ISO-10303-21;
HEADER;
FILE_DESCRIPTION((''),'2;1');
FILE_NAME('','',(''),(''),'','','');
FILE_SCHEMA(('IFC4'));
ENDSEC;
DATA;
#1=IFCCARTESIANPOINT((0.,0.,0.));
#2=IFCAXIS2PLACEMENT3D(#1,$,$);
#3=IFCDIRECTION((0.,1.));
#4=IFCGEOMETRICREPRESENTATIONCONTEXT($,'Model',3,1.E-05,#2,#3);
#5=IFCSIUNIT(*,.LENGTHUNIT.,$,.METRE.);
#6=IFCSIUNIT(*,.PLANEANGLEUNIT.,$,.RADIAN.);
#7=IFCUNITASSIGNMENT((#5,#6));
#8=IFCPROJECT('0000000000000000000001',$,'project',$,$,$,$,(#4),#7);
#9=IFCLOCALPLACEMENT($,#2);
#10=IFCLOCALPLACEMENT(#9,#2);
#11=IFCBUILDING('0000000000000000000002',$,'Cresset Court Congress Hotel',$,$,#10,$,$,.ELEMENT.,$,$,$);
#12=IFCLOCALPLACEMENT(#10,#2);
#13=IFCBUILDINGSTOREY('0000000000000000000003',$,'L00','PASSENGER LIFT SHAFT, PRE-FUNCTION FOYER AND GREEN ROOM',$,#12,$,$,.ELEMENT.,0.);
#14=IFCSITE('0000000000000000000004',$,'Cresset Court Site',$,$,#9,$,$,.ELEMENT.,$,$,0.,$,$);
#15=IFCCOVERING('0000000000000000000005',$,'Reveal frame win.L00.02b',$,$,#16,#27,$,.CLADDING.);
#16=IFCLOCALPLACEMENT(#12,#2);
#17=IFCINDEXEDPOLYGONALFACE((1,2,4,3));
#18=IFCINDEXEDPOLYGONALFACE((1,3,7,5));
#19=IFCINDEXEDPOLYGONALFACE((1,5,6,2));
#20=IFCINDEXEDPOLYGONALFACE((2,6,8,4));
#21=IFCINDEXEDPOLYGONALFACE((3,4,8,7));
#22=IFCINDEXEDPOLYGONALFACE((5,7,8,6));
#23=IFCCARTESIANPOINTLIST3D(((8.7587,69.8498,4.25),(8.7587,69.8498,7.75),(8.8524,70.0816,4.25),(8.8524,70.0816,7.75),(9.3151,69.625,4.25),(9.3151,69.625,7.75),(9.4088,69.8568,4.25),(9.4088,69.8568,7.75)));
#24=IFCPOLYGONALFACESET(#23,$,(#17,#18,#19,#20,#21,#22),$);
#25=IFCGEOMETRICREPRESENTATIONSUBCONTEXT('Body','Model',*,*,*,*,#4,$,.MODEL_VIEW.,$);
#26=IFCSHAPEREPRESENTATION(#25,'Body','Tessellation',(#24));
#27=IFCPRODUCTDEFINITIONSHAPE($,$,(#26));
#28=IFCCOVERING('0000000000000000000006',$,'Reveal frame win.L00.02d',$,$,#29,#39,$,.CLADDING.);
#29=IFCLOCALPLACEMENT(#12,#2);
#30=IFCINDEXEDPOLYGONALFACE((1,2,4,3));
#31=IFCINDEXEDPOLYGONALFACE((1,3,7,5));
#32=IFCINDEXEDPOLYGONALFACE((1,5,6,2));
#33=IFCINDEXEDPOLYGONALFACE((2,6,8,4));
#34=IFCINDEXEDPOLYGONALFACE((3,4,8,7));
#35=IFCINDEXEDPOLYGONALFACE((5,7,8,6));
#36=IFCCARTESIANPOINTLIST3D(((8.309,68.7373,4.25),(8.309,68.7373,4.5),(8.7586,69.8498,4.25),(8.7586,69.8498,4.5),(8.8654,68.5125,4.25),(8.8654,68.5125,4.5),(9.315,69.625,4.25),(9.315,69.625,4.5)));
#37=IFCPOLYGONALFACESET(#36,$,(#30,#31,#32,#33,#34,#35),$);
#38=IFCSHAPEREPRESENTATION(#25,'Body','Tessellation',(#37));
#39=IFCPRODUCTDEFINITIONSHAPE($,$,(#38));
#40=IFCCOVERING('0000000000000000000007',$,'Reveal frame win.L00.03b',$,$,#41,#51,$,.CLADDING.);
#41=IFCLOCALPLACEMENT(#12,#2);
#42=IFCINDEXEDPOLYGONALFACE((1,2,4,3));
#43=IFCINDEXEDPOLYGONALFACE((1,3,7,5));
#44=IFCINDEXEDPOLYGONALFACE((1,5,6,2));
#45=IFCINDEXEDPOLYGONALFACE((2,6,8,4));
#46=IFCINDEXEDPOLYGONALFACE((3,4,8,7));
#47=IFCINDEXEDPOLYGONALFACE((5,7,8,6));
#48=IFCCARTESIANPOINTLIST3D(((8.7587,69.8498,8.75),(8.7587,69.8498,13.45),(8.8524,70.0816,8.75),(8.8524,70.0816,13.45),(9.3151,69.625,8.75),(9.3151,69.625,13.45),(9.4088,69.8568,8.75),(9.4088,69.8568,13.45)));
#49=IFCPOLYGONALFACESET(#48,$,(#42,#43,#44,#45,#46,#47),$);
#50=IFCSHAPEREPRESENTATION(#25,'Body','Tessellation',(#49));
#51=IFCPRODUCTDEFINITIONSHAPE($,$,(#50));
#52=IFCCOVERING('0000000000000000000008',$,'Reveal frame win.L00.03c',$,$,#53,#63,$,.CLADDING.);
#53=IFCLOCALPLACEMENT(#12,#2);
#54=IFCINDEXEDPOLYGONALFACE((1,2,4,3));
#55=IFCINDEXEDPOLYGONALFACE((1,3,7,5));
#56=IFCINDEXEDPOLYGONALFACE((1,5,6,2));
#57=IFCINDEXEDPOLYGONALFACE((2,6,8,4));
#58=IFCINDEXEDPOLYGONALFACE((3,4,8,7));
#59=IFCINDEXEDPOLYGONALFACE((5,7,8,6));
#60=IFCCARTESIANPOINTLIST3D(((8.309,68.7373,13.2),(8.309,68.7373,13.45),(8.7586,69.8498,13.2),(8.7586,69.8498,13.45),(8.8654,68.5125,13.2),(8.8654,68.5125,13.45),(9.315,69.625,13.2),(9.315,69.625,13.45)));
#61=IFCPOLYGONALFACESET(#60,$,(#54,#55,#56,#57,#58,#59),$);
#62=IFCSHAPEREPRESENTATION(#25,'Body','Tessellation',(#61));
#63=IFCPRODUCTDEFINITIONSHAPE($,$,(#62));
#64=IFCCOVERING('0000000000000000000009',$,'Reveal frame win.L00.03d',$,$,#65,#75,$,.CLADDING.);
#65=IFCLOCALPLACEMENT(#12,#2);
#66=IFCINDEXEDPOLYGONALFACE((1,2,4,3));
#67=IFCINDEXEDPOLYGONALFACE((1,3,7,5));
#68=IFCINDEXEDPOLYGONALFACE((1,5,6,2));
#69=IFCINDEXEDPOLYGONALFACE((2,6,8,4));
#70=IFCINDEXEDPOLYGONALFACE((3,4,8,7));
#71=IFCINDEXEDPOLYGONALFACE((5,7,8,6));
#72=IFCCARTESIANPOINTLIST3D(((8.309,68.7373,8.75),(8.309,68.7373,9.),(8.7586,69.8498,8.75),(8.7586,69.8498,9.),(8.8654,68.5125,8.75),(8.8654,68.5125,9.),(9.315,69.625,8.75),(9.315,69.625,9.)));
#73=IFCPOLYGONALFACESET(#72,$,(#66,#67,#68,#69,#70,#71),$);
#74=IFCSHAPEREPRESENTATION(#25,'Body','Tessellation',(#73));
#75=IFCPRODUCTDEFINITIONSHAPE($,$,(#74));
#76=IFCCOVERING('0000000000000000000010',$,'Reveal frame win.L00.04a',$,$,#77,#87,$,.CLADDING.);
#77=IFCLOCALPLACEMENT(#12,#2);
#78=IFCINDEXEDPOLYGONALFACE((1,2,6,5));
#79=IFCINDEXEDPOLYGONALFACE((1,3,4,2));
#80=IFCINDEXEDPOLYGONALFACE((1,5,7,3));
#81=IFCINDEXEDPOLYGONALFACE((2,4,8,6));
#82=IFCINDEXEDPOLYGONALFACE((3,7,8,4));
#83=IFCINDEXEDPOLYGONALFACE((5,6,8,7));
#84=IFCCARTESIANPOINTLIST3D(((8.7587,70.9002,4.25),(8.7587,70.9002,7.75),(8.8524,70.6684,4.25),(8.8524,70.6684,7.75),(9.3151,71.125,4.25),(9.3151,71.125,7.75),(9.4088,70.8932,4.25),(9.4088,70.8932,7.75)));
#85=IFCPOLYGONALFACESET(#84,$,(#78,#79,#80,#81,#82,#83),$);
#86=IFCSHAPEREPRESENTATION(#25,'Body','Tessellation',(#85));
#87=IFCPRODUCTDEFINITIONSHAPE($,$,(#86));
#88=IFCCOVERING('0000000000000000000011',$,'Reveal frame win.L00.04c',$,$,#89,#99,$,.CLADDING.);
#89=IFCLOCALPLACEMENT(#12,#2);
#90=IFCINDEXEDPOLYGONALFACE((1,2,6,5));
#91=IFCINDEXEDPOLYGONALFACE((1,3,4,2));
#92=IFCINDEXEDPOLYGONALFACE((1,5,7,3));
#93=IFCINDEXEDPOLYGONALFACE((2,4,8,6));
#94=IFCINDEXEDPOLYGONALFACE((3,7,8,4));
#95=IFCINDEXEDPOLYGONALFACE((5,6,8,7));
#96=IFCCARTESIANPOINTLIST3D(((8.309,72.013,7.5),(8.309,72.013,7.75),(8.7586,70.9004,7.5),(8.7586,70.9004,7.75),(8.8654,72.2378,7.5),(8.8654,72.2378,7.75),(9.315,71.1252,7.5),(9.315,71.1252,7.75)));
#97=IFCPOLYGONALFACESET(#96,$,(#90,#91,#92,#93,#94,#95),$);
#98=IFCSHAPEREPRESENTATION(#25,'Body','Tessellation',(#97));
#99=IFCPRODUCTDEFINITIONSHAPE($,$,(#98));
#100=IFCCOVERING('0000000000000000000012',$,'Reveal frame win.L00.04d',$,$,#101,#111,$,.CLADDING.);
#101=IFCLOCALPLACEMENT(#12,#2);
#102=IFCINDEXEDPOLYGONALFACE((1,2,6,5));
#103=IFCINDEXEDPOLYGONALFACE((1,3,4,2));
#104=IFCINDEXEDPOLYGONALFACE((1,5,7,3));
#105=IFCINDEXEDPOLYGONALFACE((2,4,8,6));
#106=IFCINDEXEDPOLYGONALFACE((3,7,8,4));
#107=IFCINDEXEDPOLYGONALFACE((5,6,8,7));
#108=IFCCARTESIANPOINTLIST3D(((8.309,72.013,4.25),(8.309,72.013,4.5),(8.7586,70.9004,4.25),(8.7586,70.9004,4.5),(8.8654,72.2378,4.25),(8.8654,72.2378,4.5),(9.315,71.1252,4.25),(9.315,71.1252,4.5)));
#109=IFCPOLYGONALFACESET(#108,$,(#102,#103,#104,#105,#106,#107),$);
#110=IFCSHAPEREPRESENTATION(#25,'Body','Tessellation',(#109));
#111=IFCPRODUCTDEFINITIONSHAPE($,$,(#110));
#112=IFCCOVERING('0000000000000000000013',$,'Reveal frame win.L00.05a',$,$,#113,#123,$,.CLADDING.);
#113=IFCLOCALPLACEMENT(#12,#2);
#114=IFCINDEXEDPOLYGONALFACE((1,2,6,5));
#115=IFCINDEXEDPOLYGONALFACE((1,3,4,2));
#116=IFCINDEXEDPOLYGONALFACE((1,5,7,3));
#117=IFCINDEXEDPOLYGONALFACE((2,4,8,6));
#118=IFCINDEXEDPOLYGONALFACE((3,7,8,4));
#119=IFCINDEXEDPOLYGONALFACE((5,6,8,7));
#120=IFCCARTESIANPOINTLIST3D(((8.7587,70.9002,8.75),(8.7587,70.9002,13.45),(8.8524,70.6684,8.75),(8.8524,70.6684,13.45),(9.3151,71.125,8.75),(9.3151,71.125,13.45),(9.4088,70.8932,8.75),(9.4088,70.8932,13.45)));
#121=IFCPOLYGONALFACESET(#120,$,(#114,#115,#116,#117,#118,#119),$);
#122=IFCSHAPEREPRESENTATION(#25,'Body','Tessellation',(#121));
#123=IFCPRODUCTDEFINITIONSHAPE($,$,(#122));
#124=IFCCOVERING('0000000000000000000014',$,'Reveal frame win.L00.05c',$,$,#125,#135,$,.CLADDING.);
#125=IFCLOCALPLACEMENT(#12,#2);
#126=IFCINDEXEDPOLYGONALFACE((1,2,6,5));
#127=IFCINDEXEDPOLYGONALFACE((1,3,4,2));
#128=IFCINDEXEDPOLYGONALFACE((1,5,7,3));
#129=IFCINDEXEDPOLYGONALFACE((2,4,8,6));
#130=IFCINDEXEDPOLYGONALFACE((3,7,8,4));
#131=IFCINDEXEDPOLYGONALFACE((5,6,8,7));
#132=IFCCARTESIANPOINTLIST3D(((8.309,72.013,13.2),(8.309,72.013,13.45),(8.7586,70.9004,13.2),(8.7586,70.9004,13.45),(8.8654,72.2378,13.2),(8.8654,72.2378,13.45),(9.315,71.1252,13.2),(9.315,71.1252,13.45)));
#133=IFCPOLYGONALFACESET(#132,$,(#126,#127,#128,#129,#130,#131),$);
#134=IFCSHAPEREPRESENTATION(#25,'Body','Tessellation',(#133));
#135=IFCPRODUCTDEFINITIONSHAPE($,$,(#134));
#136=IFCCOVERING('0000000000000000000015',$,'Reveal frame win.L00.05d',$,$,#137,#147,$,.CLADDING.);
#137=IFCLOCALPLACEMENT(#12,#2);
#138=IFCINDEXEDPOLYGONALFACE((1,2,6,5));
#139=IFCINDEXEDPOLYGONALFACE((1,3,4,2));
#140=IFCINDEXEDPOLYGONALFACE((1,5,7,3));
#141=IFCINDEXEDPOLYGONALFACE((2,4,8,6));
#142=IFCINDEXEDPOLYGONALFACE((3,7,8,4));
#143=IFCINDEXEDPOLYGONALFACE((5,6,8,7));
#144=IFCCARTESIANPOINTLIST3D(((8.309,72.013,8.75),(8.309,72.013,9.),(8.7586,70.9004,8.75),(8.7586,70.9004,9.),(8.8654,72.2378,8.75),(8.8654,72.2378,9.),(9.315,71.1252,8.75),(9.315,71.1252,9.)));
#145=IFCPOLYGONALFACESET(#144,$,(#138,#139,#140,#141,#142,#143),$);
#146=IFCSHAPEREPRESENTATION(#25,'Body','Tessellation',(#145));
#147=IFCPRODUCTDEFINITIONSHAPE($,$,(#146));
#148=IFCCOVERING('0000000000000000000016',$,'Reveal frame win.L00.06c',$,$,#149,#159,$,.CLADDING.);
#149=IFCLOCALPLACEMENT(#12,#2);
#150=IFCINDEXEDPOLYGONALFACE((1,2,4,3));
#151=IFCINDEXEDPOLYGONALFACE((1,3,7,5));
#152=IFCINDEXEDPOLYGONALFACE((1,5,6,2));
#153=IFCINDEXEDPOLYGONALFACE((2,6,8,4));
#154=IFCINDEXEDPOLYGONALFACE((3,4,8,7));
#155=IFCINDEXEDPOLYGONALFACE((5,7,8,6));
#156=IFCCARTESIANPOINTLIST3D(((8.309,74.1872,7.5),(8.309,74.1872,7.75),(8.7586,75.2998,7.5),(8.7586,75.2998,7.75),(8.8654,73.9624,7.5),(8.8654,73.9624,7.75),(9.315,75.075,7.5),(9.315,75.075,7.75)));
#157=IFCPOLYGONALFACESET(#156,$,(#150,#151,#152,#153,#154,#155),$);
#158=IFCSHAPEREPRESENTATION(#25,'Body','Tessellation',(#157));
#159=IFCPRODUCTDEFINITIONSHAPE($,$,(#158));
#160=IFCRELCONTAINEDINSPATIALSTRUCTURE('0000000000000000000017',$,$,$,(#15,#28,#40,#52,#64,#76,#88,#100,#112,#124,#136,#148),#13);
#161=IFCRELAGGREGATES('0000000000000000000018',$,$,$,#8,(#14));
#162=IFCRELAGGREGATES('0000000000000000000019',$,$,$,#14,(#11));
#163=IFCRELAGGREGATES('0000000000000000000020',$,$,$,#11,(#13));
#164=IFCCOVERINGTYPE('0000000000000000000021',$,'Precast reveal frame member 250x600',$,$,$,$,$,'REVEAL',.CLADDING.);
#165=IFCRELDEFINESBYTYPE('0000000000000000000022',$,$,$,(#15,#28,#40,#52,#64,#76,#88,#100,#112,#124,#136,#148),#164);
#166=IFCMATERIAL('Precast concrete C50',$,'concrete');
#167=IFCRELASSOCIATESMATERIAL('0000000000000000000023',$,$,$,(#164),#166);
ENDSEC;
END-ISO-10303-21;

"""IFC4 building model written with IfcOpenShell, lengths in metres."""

from ifc_helpers import new_model, si_unit, direction, frame, origin, origin_2d, place, context, subcontext, project, spatial, rectangle, extrude, material, type_object, element, save


model = new_model("IFC4")

# Units and contexts
model_context = context("Model", 3, precision=1e-05, world=origin(), true_north=direction((0.0, 1.0)))
body_context = subcontext(model_context, "Body", "Model", "MODEL_VIEW")
ifc_project = project(units=[si_unit("LENGTHUNIT", "METRE"), si_unit("PLANEANGLEUNIT", "RADIAN")], contexts=[model_context])

# Site, building, storey
site_placement = place(None, origin())
site = spatial("IfcSite", under=ifc_project, at=site_placement, Name="Cresset Court Site", CompositionType="ELEMENT", RefElevation=0.0)
building_placement = place(site_placement, origin())
building = spatial("IfcBuilding", under=site, at=building_placement, Name="Cresset Court Congress Hotel", CompositionType="ELEMENT")
storey_placement = place(building_placement, origin())
storey = spatial("IfcBuildingStorey", under=building, at=storey_placement, Name="L00", Description="PASSENGER LIFT SHAFT, PRE-FUNCTION FOYER AND GREEN ROOM", CompositionType="ELEMENT", Elevation=0.0)

# Coverings
ifc_material_1 = material(Name="Precast concrete C50", Category="concrete")
covering_type = type_object("IfcCoveringType", Name="Precast reveal frame member 250x600", ElementType="REVEAL", PredefinedType="CLADDING", material=ifc_material_1)
covering_1_placement = place(storey_placement, frame((9.0837, 69.8533, 4.25), z_axis=(0.0, 0.0, 1.0), x_axis=(0.374623, 0.927177, 0.0)))
element("IfcCovering", 1, at=covering_1_placement, inside=storey, type_object=covering_type, Name="Reveal frame win.L00.02b", PredefinedType="CLADDING", context=body_context, shape_type="SweptSolid", body=[
    extrude(rectangle(XDim=0.25, YDim=0.6001, at=origin_2d()), origin(), (0.0, 0.0, 1.0), 3.5),
])
covering_2_placement = place(storey_placement, frame((8.812, 69.1812, 4.25), z_axis=(0.0, 0.0, 1.0), x_axis=(0.374623, 0.927177, 0.0)))
element("IfcCovering", 2, at=covering_2_placement, inside=storey, type_object=covering_type, Name="Reveal frame win.L00.02d", PredefinedType="CLADDING", context=body_context, shape_type="SweptSolid", body=[
    extrude(rectangle(XDim=1.2, YDim=0.6001, at=origin_2d()), origin(), (0.0, 0.0, 1.0), 0.25),
])
covering_3_placement = place(storey_placement, frame((9.0837, 69.8533, 8.75), z_axis=(0.0, 0.0, 1.0), x_axis=(0.374623, 0.927177, 0.0)))
element("IfcCovering", 3, at=covering_3_placement, inside=storey, type_object=covering_type, Name="Reveal frame win.L00.03b", PredefinedType="CLADDING", context=body_context, shape_type="SweptSolid", body=[
    extrude(rectangle(XDim=0.25, YDim=0.6001, at=origin_2d()), origin(), (0.0, 0.0, 1.0), 4.7),
])
for number, where, z_axis, x_axis, name in (
    (4, (8.812, 69.1812, 13.2), (0.0, 0.0, 1.0), (0.374623, 0.927177, 0.0), "Reveal frame win.L00.03c"),
    (5, (8.812, 69.1812, 8.75), (0.0, 0.0, 1.0), (0.374623, 0.927177, 0.0), "Reveal frame win.L00.03d"),
):
    element("IfcCovering", number, at=place(storey_placement, frame(where, z_axis=z_axis, x_axis=x_axis)), inside=storey, type_object=covering_type, Name=name, PredefinedType="CLADDING", context=body_context, shape_type="SweptSolid", body=[
        extrude(rectangle(XDim=1.2, YDim=0.6001, at=origin_2d()), origin(), (0.0, 0.0, 1.0), 0.25),
    ])
covering_4_placement = place(storey_placement, frame((9.0837, 70.8967, 4.25), z_axis=(0.0, 0.0, 1.0), x_axis=(-0.374623, 0.927177, 0.0)))
element("IfcCovering", 6, at=covering_4_placement, inside=storey, type_object=covering_type, Name="Reveal frame win.L00.04a", PredefinedType="CLADDING", context=body_context, shape_type="SweptSolid", body=[
    extrude(rectangle(XDim=0.25, YDim=0.6001, at=origin_2d()), origin(), (0.0, 0.0, 1.0), 3.5),
])
for number, where, z_axis, x_axis, name in (
    (7, (8.812, 71.5691, 7.5), (0.0, 0.0, 1.0), (-0.374623, 0.927177, 0.0), "Reveal frame win.L00.04c"),
    (8, (8.812, 71.5691, 4.25), (0.0, 0.0, 1.0), (-0.374623, 0.927177, 0.0), "Reveal frame win.L00.04d"),
):
    element("IfcCovering", number, at=place(storey_placement, frame(where, z_axis=z_axis, x_axis=x_axis)), inside=storey, type_object=covering_type, Name=name, PredefinedType="CLADDING", context=body_context, shape_type="SweptSolid", body=[
        extrude(rectangle(XDim=1.2, YDim=0.6001, at=origin_2d()), origin(), (0.0, 0.0, 1.0), 0.25),
    ])
covering_5_placement = place(storey_placement, frame((9.0837, 70.8967, 8.75), z_axis=(0.0, 0.0, 1.0), x_axis=(-0.374623, 0.927177, 0.0)))
element("IfcCovering", 9, at=covering_5_placement, inside=storey, type_object=covering_type, Name="Reveal frame win.L00.05a", PredefinedType="CLADDING", context=body_context, shape_type="SweptSolid", body=[
    extrude(rectangle(XDim=0.25, YDim=0.6001, at=origin_2d()), origin(), (0.0, 0.0, 1.0), 4.7),
])
for number, where, z_axis, x_axis, name in (
    (10, (8.812, 71.5691, 13.2), (0.0, 0.0, 1.0), (-0.374623, 0.927177, 0.0), "Reveal frame win.L00.05c"),
    (11, (8.812, 71.5691, 8.75), (0.0, 0.0, 1.0), (-0.374623, 0.927177, 0.0), "Reveal frame win.L00.05d"),
    (12, (8.812, 74.6311, 7.5), (0.0, 0.0, 1.0), (0.374623, 0.927177, 0.0), "Reveal frame win.L00.06c"),
):
    element("IfcCovering", number, at=place(storey_placement, frame(where, z_axis=z_axis, x_axis=x_axis)), inside=storey, type_object=covering_type, Name=name, PredefinedType="CLADDING", context=body_context, shape_type="SweptSolid", body=[
        extrude(rectangle(XDim=1.2, YDim=0.6001, at=origin_2d()), origin(), (0.0, 0.0, 1.0), 0.25),
    ])

save(model, "model.ifc")
